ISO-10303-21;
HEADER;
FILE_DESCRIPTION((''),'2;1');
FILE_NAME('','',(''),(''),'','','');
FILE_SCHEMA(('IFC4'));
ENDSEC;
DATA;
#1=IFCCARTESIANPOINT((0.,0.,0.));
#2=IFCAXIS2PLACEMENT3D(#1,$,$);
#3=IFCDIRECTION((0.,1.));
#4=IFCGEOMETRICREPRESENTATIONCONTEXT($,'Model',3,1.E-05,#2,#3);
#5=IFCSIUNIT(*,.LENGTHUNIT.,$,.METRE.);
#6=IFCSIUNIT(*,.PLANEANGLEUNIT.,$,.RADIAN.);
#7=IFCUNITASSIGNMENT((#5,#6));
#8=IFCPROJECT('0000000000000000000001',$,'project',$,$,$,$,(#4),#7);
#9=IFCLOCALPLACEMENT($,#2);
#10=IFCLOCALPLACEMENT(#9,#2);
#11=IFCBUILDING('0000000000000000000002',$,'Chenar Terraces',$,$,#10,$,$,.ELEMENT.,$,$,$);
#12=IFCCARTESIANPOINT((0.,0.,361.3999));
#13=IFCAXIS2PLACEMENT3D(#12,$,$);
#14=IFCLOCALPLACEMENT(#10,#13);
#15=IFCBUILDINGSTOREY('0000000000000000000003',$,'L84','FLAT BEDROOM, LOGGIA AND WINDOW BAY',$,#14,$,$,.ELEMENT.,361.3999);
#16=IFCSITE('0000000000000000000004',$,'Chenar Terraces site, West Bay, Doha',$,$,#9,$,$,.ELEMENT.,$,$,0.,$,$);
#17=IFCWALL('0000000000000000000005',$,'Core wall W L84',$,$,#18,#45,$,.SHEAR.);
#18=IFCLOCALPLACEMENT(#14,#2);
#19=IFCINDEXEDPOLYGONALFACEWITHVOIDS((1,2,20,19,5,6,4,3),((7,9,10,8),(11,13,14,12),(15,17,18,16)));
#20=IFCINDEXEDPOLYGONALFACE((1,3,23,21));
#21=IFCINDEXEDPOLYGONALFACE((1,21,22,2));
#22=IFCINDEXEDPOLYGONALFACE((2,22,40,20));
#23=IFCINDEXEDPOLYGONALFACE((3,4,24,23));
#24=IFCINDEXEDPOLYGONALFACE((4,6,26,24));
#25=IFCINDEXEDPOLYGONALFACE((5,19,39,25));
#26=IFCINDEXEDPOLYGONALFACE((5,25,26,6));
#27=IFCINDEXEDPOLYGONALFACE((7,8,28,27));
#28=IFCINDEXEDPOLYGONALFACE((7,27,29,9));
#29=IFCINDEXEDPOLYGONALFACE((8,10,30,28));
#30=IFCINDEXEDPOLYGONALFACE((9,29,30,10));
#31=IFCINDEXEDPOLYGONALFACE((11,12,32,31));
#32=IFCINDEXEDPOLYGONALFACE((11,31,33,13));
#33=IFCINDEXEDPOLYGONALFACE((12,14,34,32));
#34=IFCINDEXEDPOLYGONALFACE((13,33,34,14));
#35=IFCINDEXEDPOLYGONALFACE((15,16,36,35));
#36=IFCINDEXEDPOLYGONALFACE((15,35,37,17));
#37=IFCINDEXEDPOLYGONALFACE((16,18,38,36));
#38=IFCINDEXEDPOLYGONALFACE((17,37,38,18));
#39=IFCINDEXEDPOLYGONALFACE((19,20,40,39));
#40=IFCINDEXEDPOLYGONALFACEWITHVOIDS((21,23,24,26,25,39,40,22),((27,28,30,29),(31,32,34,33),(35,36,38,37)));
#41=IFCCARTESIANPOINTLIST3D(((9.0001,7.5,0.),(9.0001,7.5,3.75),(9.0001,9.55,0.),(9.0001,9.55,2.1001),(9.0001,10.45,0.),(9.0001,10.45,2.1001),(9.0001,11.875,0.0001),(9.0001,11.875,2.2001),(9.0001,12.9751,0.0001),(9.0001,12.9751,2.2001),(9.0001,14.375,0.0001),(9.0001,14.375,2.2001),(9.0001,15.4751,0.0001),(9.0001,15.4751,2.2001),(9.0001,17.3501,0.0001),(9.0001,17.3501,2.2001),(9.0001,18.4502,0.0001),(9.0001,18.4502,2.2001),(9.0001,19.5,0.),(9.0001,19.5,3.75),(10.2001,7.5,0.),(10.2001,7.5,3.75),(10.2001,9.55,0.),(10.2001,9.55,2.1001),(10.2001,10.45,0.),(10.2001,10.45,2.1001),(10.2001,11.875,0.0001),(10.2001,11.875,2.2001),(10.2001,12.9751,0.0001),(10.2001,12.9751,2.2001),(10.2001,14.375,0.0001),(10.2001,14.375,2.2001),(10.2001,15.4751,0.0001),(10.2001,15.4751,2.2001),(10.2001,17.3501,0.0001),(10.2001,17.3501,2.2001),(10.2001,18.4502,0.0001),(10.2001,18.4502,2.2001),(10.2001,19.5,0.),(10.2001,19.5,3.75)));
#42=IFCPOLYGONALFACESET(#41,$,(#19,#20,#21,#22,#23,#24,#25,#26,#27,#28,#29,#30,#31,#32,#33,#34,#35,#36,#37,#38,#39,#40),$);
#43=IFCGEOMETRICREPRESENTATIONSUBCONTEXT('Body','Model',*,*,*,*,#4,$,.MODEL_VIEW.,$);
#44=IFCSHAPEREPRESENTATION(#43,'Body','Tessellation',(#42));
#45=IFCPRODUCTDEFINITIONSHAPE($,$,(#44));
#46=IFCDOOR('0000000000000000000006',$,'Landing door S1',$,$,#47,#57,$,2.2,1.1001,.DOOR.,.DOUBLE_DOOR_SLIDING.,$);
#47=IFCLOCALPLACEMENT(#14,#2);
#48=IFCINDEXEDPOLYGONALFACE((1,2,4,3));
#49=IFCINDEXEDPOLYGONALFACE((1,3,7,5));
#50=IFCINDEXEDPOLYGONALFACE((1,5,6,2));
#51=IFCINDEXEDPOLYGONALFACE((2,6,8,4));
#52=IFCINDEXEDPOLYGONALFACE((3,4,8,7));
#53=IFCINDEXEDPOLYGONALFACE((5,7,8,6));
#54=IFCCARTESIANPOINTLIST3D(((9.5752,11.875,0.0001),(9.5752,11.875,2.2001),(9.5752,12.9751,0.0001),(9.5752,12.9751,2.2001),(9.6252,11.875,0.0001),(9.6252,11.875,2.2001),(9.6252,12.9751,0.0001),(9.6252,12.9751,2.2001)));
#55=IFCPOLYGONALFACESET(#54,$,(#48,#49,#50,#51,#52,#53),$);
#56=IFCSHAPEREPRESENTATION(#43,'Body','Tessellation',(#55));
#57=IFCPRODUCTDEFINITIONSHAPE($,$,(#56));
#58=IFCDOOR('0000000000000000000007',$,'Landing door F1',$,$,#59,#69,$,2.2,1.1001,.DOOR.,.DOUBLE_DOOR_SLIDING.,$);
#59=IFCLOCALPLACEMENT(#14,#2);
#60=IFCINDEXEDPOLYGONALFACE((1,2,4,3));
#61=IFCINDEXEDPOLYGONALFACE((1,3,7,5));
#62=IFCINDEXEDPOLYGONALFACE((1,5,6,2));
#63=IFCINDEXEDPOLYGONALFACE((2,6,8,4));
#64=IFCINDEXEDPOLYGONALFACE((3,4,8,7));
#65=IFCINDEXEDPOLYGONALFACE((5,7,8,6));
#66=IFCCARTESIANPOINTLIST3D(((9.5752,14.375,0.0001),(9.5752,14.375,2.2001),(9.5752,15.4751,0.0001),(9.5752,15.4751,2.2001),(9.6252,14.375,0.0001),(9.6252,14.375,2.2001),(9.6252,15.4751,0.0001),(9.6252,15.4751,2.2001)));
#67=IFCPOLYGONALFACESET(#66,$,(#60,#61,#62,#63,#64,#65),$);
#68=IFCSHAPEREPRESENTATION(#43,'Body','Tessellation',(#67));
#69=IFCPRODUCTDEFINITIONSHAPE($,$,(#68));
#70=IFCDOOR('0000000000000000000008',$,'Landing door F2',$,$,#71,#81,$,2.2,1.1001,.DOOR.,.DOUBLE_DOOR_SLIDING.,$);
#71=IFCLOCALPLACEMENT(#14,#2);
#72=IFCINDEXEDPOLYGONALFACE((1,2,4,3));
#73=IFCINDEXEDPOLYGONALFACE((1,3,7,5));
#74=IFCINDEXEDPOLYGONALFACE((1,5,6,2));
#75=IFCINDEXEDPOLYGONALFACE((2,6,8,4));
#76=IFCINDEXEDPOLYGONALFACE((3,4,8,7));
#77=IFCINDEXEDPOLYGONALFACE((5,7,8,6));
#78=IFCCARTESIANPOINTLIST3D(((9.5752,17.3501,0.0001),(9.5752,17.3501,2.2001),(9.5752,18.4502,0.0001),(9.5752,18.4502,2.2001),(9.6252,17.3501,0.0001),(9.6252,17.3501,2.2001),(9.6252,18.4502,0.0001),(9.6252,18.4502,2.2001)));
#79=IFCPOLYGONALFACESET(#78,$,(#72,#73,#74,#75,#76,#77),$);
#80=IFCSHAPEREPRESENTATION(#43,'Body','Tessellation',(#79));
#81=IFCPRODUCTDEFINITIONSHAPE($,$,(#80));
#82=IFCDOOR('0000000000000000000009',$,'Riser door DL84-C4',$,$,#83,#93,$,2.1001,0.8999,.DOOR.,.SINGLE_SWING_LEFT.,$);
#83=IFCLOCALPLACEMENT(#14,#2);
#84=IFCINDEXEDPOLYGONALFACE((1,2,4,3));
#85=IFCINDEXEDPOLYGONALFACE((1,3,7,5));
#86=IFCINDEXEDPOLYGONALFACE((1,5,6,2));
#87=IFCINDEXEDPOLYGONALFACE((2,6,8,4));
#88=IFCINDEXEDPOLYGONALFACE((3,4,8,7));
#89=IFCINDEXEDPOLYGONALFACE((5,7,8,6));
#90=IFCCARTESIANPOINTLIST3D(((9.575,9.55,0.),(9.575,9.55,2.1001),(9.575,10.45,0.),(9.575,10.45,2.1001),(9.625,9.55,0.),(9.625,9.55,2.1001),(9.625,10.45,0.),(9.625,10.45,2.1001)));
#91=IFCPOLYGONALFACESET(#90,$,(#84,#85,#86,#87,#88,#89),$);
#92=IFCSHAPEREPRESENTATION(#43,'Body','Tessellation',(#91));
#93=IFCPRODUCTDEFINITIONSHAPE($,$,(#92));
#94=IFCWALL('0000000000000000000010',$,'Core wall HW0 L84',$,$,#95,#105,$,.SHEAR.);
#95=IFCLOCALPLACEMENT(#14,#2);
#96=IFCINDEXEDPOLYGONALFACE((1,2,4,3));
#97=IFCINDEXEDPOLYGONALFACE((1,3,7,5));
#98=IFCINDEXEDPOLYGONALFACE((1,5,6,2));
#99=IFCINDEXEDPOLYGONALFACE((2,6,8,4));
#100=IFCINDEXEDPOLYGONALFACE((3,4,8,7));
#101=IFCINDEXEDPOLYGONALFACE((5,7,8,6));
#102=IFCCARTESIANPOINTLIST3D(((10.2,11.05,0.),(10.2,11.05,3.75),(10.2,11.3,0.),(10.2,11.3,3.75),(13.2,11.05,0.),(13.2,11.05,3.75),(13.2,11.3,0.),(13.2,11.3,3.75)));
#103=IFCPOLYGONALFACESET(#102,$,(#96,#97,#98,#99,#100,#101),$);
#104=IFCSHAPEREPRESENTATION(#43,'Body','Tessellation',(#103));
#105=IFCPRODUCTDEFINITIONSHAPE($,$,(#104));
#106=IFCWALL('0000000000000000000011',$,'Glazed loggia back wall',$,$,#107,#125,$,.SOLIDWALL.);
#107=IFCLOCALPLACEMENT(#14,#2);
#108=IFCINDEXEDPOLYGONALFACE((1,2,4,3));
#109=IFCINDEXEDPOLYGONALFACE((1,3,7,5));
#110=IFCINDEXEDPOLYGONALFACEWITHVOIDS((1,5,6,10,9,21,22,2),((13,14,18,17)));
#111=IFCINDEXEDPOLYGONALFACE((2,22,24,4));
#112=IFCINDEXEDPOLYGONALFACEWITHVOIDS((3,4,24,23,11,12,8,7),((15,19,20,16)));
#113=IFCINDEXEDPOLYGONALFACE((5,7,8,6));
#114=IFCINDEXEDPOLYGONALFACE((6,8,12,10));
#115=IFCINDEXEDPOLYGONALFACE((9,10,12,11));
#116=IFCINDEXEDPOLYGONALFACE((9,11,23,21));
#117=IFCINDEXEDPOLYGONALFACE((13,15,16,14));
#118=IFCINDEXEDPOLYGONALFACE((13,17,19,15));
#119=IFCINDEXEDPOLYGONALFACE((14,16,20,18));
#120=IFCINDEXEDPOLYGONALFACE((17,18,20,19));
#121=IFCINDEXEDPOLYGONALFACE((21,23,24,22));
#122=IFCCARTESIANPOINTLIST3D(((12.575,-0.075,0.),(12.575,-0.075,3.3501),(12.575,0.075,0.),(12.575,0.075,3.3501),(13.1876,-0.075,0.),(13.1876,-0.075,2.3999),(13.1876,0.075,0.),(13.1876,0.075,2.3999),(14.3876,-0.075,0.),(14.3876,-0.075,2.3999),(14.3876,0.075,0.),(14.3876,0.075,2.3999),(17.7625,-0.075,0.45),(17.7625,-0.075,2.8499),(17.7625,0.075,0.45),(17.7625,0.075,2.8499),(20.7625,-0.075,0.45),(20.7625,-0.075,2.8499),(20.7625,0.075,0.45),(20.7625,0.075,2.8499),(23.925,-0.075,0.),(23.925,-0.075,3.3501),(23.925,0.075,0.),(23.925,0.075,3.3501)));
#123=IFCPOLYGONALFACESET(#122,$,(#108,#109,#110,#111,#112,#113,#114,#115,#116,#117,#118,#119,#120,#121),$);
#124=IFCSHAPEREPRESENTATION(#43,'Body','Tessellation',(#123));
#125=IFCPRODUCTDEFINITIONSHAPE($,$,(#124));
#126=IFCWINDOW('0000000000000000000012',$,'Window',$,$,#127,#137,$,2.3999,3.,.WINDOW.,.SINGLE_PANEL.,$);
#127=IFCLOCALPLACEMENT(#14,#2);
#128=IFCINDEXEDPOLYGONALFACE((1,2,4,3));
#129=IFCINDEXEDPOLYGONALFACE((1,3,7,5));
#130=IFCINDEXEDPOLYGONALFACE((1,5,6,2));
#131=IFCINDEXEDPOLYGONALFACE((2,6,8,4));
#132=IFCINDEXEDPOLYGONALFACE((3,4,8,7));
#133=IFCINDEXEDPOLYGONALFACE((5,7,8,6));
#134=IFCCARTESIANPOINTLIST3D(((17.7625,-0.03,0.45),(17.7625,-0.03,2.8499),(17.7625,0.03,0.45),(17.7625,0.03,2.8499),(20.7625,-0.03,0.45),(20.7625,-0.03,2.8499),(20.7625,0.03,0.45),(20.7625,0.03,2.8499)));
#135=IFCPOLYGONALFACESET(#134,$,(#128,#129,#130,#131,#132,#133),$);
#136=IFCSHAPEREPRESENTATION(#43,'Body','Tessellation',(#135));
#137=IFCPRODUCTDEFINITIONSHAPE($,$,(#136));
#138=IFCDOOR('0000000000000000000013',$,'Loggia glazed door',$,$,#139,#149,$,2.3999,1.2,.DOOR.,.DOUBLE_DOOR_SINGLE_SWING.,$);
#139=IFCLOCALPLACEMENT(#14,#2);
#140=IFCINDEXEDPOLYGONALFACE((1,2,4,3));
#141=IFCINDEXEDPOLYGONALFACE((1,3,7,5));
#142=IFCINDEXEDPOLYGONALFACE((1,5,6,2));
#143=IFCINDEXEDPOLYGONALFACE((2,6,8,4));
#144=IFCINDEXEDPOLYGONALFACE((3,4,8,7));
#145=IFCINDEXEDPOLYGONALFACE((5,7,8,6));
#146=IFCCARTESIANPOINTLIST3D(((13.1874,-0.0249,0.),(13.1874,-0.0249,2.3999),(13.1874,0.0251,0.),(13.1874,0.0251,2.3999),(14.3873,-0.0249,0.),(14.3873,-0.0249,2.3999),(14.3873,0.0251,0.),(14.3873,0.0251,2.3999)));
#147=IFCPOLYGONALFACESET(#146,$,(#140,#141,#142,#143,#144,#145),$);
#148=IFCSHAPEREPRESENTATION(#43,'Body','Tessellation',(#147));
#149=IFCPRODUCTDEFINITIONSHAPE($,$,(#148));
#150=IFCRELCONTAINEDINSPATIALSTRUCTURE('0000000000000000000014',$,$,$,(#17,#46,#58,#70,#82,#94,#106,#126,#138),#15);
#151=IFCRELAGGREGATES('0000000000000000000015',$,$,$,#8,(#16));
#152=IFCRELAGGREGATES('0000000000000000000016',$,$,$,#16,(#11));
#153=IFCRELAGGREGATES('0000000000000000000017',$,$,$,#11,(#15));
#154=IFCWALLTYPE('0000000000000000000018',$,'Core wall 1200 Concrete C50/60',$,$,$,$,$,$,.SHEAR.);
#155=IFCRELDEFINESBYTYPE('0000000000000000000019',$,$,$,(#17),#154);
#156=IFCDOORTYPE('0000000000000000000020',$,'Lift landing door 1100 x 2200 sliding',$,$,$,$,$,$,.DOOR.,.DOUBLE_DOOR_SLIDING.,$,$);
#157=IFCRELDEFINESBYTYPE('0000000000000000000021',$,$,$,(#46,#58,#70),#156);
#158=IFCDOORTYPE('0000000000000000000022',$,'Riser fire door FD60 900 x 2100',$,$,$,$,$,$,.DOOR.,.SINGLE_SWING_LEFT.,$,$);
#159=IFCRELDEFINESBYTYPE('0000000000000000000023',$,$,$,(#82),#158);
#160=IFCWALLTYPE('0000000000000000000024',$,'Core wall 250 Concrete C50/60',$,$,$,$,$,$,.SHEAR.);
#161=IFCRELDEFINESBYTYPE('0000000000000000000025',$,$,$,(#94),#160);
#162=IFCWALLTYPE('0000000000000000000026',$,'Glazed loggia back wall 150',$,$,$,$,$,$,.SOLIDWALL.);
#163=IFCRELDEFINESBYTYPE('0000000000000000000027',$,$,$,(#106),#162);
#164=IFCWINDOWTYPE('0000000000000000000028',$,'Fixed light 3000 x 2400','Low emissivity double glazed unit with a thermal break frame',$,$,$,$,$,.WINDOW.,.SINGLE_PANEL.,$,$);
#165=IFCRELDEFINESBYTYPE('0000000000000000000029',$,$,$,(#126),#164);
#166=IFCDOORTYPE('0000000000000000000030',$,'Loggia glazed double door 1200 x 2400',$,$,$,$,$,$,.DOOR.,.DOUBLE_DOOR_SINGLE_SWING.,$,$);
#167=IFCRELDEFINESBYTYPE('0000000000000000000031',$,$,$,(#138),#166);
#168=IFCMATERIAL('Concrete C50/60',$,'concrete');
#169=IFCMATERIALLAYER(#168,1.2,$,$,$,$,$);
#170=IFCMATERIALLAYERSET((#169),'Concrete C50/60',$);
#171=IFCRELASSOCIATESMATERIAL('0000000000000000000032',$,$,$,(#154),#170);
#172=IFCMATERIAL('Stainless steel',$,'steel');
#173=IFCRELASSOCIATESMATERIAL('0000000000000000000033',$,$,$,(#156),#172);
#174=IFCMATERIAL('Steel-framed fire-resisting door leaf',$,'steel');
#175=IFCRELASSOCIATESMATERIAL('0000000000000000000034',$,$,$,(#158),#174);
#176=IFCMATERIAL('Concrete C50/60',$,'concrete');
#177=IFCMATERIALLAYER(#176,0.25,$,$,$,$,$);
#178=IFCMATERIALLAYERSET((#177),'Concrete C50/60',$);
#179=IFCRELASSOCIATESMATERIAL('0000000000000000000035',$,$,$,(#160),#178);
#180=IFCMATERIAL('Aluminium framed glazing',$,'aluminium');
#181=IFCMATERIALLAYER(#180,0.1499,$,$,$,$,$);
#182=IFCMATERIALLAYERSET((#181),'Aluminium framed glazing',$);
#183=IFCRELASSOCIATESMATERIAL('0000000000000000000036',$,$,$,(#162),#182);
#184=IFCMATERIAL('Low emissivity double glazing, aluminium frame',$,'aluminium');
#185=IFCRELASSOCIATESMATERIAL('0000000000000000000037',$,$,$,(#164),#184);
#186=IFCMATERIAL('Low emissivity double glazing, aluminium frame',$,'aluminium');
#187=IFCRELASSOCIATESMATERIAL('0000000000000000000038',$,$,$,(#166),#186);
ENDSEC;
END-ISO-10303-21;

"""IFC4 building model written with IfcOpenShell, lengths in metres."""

from ifc_helpers import new_model, si_unit, direction, frame, frame_2d, origin, place, context, subcontext, project, spatial, rectangle, extrude, material, layer, layer_set, type_object, element, fill, save


model = new_model("IFC4")

# Units and contexts
model_context = context("Model", 3, precision=1e-05, world=origin(), true_north=direction((0.0, 1.0)))
body_context = subcontext(model_context, "Body", "Model", "MODEL_VIEW")
ifc_project = project(units=[si_unit("LENGTHUNIT", "METRE"), si_unit("PLANEANGLEUNIT", "RADIAN")], contexts=[model_context])

# Site, building, storey
site_placement = place(None, origin())
site = spatial("IfcSite", under=ifc_project, at=site_placement, Name="Chenar Terraces site, West Bay, Doha", CompositionType="ELEMENT", RefElevation=0.0)
building_placement = place(site_placement, origin())
building = spatial("IfcBuilding", under=site, at=building_placement, Name="Chenar Terraces", CompositionType="ELEMENT")
storey_placement = place(building_placement, frame((0.0, 0.0, 361.3999)))
storey = spatial("IfcBuildingStorey", under=building, at=storey_placement, Name="L84", Description="FLAT BEDROOM, LOGGIA AND WINDOW BAY", CompositionType="ELEMENT", Elevation=361.3999)

# Wall, openings, doors
ifc_material_1 = material(Name="Concrete C50/60", Category="concrete")
ifc_layer_1 = layer(ifc_material_1, 1.2)
ifc_layer_set_1 = layer_set([ifc_layer_1], Name="Concrete C50/60")
wall_type_1 = type_object("IfcWallType", Name="Core wall 1200 Concrete C50/60", PredefinedType="SHEAR", material=ifc_layer_set_1)
wall_1_placement = place(storey_placement, frame((9.6001, 7.5, 0.0), z_axis=(0.0, 0.0, 1.0), x_axis=(0.0, 1.0, 0.0)))
wall_1 = element("IfcWall", 1, at=wall_1_placement, inside=storey, type_object=wall_type_1, Name="Core wall W L84", PredefinedType="SHEAR", context=body_context, shape_type="SweptSolid", body=[
    extrude(rectangle(XDim=12.0, YDim=1.2, at=frame_2d((6.0, 0.0))), origin(), (0.0, 0.0, 1.0), 3.75),
])
opening_1_placement = place(wall_1_placement, frame((4.375, 0.0, 0.0)))
opening_1 = element("IfcOpeningElement", 2, at=opening_1_placement, cuts=wall_1, PredefinedType="OPENING", context=body_context, shape_type="SweptSolid", body=[
    extrude(rectangle(XDim=1.1001, YDim=2.2, at=frame_2d((0.55, 1.1001))), frame((0.0, 0.6099, 0.0), z_axis=(0.0, -1.0, 0.0), x_axis=(1.0, 0.0, 0.0)), (0.0, 0.0, 1.0), 1.22),
])
opening_2_placement = place(wall_1_placement, frame((6.875, 0.0, 0.0)))
opening_2 = element("IfcOpeningElement", 3, at=opening_2_placement, cuts=wall_1, PredefinedType="OPENING", context=body_context, shape_type="SweptSolid", body=[
    extrude(rectangle(XDim=1.1001, YDim=2.2, at=frame_2d((0.55, 1.1001))), frame((0.0, 0.6099, 0.0), z_axis=(0.0, -1.0, 0.0), x_axis=(1.0, 0.0, 0.0)), (0.0, 0.0, 1.0), 1.22),
])
opening_3_placement = place(wall_1_placement, frame((9.8501, 0.0, 0.0)))
opening_3 = element("IfcOpeningElement", 4, at=opening_3_placement, cuts=wall_1, PredefinedType="OPENING", context=body_context, shape_type="SweptSolid", body=[
    extrude(rectangle(XDim=1.1001, YDim=2.2, at=frame_2d((0.55, 1.1001))), frame((0.0, 0.6099, 0.0), z_axis=(0.0, -1.0, 0.0), x_axis=(1.0, 0.0, 0.0)), (0.0, 0.0, 1.0), 1.22),
])
opening_4_placement = place(wall_1_placement, frame((2.05, 0.0, 0.0)))
opening_4 = element("IfcOpeningElement", 5, at=opening_4_placement, cuts=wall_1, PredefinedType="OPENING", context=body_context, shape_type="SweptSolid", body=[
    extrude(rectangle(XDim=0.8999, YDim=2.1001, at=frame_2d((0.45, 1.05))), frame((0.0, 0.6099, 0.0), z_axis=(0.0, -1.0, 0.0), x_axis=(1.0, 0.0, 0.0)), (0.0, 0.0, 1.0), 1.22),
])
ifc_material_2 = material(Name="Stainless steel", Category="steel")
door_type_1 = type_object("IfcDoorType", Name="Lift landing door 1100 x 2200 sliding", OperationType="DOUBLE_DOOR_SLIDING", PredefinedType="DOOR", material=ifc_material_2)
door_1_placement = place(opening_1_placement, origin())
door_1 = element("IfcDoor", 6, at=door_1_placement, inside=storey, type_object=door_type_1, Name="Landing door S1", OperationType="DOUBLE_DOOR_SLIDING", OverallHeight=2.2, OverallWidth=1.1001, PredefinedType="DOOR", context=body_context, shape_type="SweptSolid", body=[
    extrude(rectangle(XDim=1.1001, YDim=2.2, at=frame_2d((0.55, 1.1001))), frame((0.0, 0.0249, 0.0), z_axis=(0.0, -1.0, 0.0), x_axis=(1.0, 0.0, 0.0)), (0.0, 0.0, 1.0), 0.05),
])
fill(opening_1, door_1)
door_2_placement = place(opening_2_placement, origin())
door_2 = element("IfcDoor", 7, at=door_2_placement, inside=storey, type_object=door_type_1, Name="Landing door F1", OperationType="DOUBLE_DOOR_SLIDING", OverallHeight=2.2, OverallWidth=1.1001, PredefinedType="DOOR", context=body_context, shape_type="SweptSolid", body=[
    extrude(rectangle(XDim=1.1001, YDim=2.2, at=frame_2d((0.55, 1.1001))), frame((0.0, 0.0249, 0.0), z_axis=(0.0, -1.0, 0.0), x_axis=(1.0, 0.0, 0.0)), (0.0, 0.0, 1.0), 0.05),
])
fill(opening_2, door_2)
door_3_placement = place(opening_3_placement, origin())
door_3 = element("IfcDoor", 8, at=door_3_placement, inside=storey, type_object=door_type_1, Name="Landing door F2", OperationType="DOUBLE_DOOR_SLIDING", OverallHeight=2.2, OverallWidth=1.1001, PredefinedType="DOOR", context=body_context, shape_type="SweptSolid", body=[
    extrude(rectangle(XDim=1.1001, YDim=2.2, at=frame_2d((0.55, 1.1001))), frame((0.0, 0.0249, 0.0), z_axis=(0.0, -1.0, 0.0), x_axis=(1.0, 0.0, 0.0)), (0.0, 0.0, 1.0), 0.05),
])
fill(opening_3, door_3)
ifc_material_3 = material(Name="Steel-framed fire-resisting door leaf", Category="steel")
door_type_2 = type_object("IfcDoorType", Name="Riser fire door FD60 900 x 2100", OperationType="SINGLE_SWING_LEFT", PredefinedType="DOOR", material=ifc_material_3)
door_4_placement = place(opening_4_placement, frame((0.8999, 0.0, 0.0), z_axis=(0.0, 0.0, 1.0), x_axis=(-1.0, 0.0, 0.0)))
door_4 = element("IfcDoor", 9, at=door_4_placement, inside=storey, type_object=door_type_2, Name="Riser door DL84-C4", OperationType="SINGLE_SWING_LEFT", OverallHeight=2.1001, OverallWidth=0.8999, PredefinedType="DOOR", context=body_context, shape_type="SweptSolid", body=[
    extrude(rectangle(XDim=0.8999, YDim=2.1001, at=frame_2d((0.45, 1.05))), frame((0.0, 0.0249, 0.0), z_axis=(0.0, -1.0, 0.0), x_axis=(1.0, 0.0, 0.0)), (0.0, 0.0, 1.0), 0.05),
])
fill(opening_4, door_4)

# Wall
ifc_material_4 = material(Name="Concrete C50/60", Category="concrete")
ifc_layer_2 = layer(ifc_material_4, 0.25)
ifc_layer_set_2 = layer_set([ifc_layer_2], Name="Concrete C50/60")
wall_type_2 = type_object("IfcWallType", Name="Core wall 250 Concrete C50/60", PredefinedType="SHEAR", material=ifc_layer_set_2)
wall_2_placement = place(storey_placement, frame((10.2, 11.175, 0.0), z_axis=(0.0, 0.0, 1.0), x_axis=(1.0, 0.0, 0.0)))
element("IfcWall", 10, at=wall_2_placement, inside=storey, type_object=wall_type_2, Name="Core wall HW0 L84", PredefinedType="SHEAR", context=body_context, shape_type="SweptSolid", body=[
    extrude(rectangle(XDim=3.0, YDim=0.25, at=frame_2d((1.5, 0.0))), origin(), (0.0, 0.0, 1.0), 3.75),
])

# Wall, openings, window, door
ifc_material_5 = material(Name="Aluminium framed glazing", Category="aluminium")
ifc_layer_3 = layer(ifc_material_5, 0.1499)
ifc_layer_set_3 = layer_set([ifc_layer_3], Name="Aluminium framed glazing")
wall_type_3 = type_object("IfcWallType", Name="Glazed loggia back wall 150", PredefinedType="SOLIDWALL", material=ifc_layer_set_3)
wall_3_placement = place(storey_placement, frame((12.575, 0.0, 0.0), z_axis=(0.0, 0.0, 1.0), x_axis=(1.0, 0.0, 0.0)))
wall_3 = element("IfcWall", 11, at=wall_3_placement, inside=storey, type_object=wall_type_3, Name="Glazed loggia back wall", PredefinedType="SOLIDWALL", context=body_context, shape_type="SweptSolid", body=[
    extrude(rectangle(XDim=11.3501, YDim=0.1499, at=frame_2d((5.675, 0.0))), origin(), (0.0, 0.0, 1.0), 3.3501),
])
opening_5_placement = place(wall_3_placement, frame((0.6125, 0.0, 0.0)))
opening_5 = element("IfcOpeningElement", 12, at=opening_5_placement, cuts=wall_3, PredefinedType="OPENING", context=body_context, shape_type="SweptSolid", body=[
    extrude(rectangle(XDim=1.2, YDim=2.3999, at=frame_2d((0.6001, 1.2))), frame((0.0, 0.085, 0.0), z_axis=(0.0, -1.0, 0.0), x_axis=(1.0, 0.0, 0.0)), (0.0, 0.0, 1.0), 0.1699),
])
opening_6_placement = place(wall_3_placement, frame((5.1875, 0.0, 0.45)))
opening_6 = element("IfcOpeningElement", 13, at=opening_6_placement, cuts=wall_3, PredefinedType="OPENING", context=body_context, shape_type="SweptSolid", body=[
    extrude(rectangle(XDim=3.0, YDim=2.3999, at=frame_2d((1.5, 1.2))), frame((0.0, 0.085, 0.0), z_axis=(0.0, -1.0, 0.0), x_axis=(1.0, 0.0, 0.0)), (0.0, 0.0, 1.0), 0.1699),
])
ifc_material_6 = material(Name="Low emissivity double glazing, aluminium frame", Category="aluminium")
window_type = type_object("IfcWindowType", Name="Fixed light 3000 x 2400", Description="Low emissivity double glazed unit with a thermal break frame", PartitioningType="SINGLE_PANEL", PredefinedType="WINDOW", material=ifc_material_6)
window_placement = place(opening_6_placement, origin())
window = element("IfcWindow", 14, at=window_placement, inside=storey, type_object=window_type, Name="Window", OverallHeight=2.3999, OverallWidth=3.0, PartitioningType="SINGLE_PANEL", PredefinedType="WINDOW", context=body_context, shape_type="SweptSolid", body=[
    extrude(rectangle(XDim=3.0, YDim=2.3999, at=frame_2d((1.5, 1.2))), frame((0.0, 0.03, 0.0), z_axis=(0.0, -1.0, 0.0), x_axis=(1.0, 0.0, 0.0)), (0.0, 0.0, 1.0), 0.0601),
])
fill(opening_6, window)
ifc_material_7 = material(Name="Low emissivity double glazing, aluminium frame", Category="aluminium")
door_type_3 = type_object("IfcDoorType", Name="Loggia glazed double door 1200 x 2400", OperationType="DOUBLE_DOOR_SINGLE_SWING", PredefinedType="DOOR", material=ifc_material_7)
door_5_placement = place(opening_5_placement, frame((1.2, 0.0, 0.0), z_axis=(0.0, 0.0, 1.0), x_axis=(-1.0, 0.0, 0.0)))
door_5 = element("IfcDoor", 15, at=door_5_placement, inside=storey, type_object=door_type_3, Name="Loggia glazed door", OperationType="DOUBLE_DOOR_SINGLE_SWING", OverallHeight=2.3999, OverallWidth=1.2, PredefinedType="DOOR", context=body_context, shape_type="SweptSolid", body=[
    extrude(rectangle(XDim=1.2, YDim=2.3999, at=frame_2d((0.6001, 1.2))), frame((0.0, 0.0249, 0.0), z_axis=(0.0, -1.0, 0.0), x_axis=(1.0, 0.0, 0.0)), (0.0, 0.0, 1.0), 0.05),
])
fill(opening_5, door_5)

save(model, "model.ifc")
